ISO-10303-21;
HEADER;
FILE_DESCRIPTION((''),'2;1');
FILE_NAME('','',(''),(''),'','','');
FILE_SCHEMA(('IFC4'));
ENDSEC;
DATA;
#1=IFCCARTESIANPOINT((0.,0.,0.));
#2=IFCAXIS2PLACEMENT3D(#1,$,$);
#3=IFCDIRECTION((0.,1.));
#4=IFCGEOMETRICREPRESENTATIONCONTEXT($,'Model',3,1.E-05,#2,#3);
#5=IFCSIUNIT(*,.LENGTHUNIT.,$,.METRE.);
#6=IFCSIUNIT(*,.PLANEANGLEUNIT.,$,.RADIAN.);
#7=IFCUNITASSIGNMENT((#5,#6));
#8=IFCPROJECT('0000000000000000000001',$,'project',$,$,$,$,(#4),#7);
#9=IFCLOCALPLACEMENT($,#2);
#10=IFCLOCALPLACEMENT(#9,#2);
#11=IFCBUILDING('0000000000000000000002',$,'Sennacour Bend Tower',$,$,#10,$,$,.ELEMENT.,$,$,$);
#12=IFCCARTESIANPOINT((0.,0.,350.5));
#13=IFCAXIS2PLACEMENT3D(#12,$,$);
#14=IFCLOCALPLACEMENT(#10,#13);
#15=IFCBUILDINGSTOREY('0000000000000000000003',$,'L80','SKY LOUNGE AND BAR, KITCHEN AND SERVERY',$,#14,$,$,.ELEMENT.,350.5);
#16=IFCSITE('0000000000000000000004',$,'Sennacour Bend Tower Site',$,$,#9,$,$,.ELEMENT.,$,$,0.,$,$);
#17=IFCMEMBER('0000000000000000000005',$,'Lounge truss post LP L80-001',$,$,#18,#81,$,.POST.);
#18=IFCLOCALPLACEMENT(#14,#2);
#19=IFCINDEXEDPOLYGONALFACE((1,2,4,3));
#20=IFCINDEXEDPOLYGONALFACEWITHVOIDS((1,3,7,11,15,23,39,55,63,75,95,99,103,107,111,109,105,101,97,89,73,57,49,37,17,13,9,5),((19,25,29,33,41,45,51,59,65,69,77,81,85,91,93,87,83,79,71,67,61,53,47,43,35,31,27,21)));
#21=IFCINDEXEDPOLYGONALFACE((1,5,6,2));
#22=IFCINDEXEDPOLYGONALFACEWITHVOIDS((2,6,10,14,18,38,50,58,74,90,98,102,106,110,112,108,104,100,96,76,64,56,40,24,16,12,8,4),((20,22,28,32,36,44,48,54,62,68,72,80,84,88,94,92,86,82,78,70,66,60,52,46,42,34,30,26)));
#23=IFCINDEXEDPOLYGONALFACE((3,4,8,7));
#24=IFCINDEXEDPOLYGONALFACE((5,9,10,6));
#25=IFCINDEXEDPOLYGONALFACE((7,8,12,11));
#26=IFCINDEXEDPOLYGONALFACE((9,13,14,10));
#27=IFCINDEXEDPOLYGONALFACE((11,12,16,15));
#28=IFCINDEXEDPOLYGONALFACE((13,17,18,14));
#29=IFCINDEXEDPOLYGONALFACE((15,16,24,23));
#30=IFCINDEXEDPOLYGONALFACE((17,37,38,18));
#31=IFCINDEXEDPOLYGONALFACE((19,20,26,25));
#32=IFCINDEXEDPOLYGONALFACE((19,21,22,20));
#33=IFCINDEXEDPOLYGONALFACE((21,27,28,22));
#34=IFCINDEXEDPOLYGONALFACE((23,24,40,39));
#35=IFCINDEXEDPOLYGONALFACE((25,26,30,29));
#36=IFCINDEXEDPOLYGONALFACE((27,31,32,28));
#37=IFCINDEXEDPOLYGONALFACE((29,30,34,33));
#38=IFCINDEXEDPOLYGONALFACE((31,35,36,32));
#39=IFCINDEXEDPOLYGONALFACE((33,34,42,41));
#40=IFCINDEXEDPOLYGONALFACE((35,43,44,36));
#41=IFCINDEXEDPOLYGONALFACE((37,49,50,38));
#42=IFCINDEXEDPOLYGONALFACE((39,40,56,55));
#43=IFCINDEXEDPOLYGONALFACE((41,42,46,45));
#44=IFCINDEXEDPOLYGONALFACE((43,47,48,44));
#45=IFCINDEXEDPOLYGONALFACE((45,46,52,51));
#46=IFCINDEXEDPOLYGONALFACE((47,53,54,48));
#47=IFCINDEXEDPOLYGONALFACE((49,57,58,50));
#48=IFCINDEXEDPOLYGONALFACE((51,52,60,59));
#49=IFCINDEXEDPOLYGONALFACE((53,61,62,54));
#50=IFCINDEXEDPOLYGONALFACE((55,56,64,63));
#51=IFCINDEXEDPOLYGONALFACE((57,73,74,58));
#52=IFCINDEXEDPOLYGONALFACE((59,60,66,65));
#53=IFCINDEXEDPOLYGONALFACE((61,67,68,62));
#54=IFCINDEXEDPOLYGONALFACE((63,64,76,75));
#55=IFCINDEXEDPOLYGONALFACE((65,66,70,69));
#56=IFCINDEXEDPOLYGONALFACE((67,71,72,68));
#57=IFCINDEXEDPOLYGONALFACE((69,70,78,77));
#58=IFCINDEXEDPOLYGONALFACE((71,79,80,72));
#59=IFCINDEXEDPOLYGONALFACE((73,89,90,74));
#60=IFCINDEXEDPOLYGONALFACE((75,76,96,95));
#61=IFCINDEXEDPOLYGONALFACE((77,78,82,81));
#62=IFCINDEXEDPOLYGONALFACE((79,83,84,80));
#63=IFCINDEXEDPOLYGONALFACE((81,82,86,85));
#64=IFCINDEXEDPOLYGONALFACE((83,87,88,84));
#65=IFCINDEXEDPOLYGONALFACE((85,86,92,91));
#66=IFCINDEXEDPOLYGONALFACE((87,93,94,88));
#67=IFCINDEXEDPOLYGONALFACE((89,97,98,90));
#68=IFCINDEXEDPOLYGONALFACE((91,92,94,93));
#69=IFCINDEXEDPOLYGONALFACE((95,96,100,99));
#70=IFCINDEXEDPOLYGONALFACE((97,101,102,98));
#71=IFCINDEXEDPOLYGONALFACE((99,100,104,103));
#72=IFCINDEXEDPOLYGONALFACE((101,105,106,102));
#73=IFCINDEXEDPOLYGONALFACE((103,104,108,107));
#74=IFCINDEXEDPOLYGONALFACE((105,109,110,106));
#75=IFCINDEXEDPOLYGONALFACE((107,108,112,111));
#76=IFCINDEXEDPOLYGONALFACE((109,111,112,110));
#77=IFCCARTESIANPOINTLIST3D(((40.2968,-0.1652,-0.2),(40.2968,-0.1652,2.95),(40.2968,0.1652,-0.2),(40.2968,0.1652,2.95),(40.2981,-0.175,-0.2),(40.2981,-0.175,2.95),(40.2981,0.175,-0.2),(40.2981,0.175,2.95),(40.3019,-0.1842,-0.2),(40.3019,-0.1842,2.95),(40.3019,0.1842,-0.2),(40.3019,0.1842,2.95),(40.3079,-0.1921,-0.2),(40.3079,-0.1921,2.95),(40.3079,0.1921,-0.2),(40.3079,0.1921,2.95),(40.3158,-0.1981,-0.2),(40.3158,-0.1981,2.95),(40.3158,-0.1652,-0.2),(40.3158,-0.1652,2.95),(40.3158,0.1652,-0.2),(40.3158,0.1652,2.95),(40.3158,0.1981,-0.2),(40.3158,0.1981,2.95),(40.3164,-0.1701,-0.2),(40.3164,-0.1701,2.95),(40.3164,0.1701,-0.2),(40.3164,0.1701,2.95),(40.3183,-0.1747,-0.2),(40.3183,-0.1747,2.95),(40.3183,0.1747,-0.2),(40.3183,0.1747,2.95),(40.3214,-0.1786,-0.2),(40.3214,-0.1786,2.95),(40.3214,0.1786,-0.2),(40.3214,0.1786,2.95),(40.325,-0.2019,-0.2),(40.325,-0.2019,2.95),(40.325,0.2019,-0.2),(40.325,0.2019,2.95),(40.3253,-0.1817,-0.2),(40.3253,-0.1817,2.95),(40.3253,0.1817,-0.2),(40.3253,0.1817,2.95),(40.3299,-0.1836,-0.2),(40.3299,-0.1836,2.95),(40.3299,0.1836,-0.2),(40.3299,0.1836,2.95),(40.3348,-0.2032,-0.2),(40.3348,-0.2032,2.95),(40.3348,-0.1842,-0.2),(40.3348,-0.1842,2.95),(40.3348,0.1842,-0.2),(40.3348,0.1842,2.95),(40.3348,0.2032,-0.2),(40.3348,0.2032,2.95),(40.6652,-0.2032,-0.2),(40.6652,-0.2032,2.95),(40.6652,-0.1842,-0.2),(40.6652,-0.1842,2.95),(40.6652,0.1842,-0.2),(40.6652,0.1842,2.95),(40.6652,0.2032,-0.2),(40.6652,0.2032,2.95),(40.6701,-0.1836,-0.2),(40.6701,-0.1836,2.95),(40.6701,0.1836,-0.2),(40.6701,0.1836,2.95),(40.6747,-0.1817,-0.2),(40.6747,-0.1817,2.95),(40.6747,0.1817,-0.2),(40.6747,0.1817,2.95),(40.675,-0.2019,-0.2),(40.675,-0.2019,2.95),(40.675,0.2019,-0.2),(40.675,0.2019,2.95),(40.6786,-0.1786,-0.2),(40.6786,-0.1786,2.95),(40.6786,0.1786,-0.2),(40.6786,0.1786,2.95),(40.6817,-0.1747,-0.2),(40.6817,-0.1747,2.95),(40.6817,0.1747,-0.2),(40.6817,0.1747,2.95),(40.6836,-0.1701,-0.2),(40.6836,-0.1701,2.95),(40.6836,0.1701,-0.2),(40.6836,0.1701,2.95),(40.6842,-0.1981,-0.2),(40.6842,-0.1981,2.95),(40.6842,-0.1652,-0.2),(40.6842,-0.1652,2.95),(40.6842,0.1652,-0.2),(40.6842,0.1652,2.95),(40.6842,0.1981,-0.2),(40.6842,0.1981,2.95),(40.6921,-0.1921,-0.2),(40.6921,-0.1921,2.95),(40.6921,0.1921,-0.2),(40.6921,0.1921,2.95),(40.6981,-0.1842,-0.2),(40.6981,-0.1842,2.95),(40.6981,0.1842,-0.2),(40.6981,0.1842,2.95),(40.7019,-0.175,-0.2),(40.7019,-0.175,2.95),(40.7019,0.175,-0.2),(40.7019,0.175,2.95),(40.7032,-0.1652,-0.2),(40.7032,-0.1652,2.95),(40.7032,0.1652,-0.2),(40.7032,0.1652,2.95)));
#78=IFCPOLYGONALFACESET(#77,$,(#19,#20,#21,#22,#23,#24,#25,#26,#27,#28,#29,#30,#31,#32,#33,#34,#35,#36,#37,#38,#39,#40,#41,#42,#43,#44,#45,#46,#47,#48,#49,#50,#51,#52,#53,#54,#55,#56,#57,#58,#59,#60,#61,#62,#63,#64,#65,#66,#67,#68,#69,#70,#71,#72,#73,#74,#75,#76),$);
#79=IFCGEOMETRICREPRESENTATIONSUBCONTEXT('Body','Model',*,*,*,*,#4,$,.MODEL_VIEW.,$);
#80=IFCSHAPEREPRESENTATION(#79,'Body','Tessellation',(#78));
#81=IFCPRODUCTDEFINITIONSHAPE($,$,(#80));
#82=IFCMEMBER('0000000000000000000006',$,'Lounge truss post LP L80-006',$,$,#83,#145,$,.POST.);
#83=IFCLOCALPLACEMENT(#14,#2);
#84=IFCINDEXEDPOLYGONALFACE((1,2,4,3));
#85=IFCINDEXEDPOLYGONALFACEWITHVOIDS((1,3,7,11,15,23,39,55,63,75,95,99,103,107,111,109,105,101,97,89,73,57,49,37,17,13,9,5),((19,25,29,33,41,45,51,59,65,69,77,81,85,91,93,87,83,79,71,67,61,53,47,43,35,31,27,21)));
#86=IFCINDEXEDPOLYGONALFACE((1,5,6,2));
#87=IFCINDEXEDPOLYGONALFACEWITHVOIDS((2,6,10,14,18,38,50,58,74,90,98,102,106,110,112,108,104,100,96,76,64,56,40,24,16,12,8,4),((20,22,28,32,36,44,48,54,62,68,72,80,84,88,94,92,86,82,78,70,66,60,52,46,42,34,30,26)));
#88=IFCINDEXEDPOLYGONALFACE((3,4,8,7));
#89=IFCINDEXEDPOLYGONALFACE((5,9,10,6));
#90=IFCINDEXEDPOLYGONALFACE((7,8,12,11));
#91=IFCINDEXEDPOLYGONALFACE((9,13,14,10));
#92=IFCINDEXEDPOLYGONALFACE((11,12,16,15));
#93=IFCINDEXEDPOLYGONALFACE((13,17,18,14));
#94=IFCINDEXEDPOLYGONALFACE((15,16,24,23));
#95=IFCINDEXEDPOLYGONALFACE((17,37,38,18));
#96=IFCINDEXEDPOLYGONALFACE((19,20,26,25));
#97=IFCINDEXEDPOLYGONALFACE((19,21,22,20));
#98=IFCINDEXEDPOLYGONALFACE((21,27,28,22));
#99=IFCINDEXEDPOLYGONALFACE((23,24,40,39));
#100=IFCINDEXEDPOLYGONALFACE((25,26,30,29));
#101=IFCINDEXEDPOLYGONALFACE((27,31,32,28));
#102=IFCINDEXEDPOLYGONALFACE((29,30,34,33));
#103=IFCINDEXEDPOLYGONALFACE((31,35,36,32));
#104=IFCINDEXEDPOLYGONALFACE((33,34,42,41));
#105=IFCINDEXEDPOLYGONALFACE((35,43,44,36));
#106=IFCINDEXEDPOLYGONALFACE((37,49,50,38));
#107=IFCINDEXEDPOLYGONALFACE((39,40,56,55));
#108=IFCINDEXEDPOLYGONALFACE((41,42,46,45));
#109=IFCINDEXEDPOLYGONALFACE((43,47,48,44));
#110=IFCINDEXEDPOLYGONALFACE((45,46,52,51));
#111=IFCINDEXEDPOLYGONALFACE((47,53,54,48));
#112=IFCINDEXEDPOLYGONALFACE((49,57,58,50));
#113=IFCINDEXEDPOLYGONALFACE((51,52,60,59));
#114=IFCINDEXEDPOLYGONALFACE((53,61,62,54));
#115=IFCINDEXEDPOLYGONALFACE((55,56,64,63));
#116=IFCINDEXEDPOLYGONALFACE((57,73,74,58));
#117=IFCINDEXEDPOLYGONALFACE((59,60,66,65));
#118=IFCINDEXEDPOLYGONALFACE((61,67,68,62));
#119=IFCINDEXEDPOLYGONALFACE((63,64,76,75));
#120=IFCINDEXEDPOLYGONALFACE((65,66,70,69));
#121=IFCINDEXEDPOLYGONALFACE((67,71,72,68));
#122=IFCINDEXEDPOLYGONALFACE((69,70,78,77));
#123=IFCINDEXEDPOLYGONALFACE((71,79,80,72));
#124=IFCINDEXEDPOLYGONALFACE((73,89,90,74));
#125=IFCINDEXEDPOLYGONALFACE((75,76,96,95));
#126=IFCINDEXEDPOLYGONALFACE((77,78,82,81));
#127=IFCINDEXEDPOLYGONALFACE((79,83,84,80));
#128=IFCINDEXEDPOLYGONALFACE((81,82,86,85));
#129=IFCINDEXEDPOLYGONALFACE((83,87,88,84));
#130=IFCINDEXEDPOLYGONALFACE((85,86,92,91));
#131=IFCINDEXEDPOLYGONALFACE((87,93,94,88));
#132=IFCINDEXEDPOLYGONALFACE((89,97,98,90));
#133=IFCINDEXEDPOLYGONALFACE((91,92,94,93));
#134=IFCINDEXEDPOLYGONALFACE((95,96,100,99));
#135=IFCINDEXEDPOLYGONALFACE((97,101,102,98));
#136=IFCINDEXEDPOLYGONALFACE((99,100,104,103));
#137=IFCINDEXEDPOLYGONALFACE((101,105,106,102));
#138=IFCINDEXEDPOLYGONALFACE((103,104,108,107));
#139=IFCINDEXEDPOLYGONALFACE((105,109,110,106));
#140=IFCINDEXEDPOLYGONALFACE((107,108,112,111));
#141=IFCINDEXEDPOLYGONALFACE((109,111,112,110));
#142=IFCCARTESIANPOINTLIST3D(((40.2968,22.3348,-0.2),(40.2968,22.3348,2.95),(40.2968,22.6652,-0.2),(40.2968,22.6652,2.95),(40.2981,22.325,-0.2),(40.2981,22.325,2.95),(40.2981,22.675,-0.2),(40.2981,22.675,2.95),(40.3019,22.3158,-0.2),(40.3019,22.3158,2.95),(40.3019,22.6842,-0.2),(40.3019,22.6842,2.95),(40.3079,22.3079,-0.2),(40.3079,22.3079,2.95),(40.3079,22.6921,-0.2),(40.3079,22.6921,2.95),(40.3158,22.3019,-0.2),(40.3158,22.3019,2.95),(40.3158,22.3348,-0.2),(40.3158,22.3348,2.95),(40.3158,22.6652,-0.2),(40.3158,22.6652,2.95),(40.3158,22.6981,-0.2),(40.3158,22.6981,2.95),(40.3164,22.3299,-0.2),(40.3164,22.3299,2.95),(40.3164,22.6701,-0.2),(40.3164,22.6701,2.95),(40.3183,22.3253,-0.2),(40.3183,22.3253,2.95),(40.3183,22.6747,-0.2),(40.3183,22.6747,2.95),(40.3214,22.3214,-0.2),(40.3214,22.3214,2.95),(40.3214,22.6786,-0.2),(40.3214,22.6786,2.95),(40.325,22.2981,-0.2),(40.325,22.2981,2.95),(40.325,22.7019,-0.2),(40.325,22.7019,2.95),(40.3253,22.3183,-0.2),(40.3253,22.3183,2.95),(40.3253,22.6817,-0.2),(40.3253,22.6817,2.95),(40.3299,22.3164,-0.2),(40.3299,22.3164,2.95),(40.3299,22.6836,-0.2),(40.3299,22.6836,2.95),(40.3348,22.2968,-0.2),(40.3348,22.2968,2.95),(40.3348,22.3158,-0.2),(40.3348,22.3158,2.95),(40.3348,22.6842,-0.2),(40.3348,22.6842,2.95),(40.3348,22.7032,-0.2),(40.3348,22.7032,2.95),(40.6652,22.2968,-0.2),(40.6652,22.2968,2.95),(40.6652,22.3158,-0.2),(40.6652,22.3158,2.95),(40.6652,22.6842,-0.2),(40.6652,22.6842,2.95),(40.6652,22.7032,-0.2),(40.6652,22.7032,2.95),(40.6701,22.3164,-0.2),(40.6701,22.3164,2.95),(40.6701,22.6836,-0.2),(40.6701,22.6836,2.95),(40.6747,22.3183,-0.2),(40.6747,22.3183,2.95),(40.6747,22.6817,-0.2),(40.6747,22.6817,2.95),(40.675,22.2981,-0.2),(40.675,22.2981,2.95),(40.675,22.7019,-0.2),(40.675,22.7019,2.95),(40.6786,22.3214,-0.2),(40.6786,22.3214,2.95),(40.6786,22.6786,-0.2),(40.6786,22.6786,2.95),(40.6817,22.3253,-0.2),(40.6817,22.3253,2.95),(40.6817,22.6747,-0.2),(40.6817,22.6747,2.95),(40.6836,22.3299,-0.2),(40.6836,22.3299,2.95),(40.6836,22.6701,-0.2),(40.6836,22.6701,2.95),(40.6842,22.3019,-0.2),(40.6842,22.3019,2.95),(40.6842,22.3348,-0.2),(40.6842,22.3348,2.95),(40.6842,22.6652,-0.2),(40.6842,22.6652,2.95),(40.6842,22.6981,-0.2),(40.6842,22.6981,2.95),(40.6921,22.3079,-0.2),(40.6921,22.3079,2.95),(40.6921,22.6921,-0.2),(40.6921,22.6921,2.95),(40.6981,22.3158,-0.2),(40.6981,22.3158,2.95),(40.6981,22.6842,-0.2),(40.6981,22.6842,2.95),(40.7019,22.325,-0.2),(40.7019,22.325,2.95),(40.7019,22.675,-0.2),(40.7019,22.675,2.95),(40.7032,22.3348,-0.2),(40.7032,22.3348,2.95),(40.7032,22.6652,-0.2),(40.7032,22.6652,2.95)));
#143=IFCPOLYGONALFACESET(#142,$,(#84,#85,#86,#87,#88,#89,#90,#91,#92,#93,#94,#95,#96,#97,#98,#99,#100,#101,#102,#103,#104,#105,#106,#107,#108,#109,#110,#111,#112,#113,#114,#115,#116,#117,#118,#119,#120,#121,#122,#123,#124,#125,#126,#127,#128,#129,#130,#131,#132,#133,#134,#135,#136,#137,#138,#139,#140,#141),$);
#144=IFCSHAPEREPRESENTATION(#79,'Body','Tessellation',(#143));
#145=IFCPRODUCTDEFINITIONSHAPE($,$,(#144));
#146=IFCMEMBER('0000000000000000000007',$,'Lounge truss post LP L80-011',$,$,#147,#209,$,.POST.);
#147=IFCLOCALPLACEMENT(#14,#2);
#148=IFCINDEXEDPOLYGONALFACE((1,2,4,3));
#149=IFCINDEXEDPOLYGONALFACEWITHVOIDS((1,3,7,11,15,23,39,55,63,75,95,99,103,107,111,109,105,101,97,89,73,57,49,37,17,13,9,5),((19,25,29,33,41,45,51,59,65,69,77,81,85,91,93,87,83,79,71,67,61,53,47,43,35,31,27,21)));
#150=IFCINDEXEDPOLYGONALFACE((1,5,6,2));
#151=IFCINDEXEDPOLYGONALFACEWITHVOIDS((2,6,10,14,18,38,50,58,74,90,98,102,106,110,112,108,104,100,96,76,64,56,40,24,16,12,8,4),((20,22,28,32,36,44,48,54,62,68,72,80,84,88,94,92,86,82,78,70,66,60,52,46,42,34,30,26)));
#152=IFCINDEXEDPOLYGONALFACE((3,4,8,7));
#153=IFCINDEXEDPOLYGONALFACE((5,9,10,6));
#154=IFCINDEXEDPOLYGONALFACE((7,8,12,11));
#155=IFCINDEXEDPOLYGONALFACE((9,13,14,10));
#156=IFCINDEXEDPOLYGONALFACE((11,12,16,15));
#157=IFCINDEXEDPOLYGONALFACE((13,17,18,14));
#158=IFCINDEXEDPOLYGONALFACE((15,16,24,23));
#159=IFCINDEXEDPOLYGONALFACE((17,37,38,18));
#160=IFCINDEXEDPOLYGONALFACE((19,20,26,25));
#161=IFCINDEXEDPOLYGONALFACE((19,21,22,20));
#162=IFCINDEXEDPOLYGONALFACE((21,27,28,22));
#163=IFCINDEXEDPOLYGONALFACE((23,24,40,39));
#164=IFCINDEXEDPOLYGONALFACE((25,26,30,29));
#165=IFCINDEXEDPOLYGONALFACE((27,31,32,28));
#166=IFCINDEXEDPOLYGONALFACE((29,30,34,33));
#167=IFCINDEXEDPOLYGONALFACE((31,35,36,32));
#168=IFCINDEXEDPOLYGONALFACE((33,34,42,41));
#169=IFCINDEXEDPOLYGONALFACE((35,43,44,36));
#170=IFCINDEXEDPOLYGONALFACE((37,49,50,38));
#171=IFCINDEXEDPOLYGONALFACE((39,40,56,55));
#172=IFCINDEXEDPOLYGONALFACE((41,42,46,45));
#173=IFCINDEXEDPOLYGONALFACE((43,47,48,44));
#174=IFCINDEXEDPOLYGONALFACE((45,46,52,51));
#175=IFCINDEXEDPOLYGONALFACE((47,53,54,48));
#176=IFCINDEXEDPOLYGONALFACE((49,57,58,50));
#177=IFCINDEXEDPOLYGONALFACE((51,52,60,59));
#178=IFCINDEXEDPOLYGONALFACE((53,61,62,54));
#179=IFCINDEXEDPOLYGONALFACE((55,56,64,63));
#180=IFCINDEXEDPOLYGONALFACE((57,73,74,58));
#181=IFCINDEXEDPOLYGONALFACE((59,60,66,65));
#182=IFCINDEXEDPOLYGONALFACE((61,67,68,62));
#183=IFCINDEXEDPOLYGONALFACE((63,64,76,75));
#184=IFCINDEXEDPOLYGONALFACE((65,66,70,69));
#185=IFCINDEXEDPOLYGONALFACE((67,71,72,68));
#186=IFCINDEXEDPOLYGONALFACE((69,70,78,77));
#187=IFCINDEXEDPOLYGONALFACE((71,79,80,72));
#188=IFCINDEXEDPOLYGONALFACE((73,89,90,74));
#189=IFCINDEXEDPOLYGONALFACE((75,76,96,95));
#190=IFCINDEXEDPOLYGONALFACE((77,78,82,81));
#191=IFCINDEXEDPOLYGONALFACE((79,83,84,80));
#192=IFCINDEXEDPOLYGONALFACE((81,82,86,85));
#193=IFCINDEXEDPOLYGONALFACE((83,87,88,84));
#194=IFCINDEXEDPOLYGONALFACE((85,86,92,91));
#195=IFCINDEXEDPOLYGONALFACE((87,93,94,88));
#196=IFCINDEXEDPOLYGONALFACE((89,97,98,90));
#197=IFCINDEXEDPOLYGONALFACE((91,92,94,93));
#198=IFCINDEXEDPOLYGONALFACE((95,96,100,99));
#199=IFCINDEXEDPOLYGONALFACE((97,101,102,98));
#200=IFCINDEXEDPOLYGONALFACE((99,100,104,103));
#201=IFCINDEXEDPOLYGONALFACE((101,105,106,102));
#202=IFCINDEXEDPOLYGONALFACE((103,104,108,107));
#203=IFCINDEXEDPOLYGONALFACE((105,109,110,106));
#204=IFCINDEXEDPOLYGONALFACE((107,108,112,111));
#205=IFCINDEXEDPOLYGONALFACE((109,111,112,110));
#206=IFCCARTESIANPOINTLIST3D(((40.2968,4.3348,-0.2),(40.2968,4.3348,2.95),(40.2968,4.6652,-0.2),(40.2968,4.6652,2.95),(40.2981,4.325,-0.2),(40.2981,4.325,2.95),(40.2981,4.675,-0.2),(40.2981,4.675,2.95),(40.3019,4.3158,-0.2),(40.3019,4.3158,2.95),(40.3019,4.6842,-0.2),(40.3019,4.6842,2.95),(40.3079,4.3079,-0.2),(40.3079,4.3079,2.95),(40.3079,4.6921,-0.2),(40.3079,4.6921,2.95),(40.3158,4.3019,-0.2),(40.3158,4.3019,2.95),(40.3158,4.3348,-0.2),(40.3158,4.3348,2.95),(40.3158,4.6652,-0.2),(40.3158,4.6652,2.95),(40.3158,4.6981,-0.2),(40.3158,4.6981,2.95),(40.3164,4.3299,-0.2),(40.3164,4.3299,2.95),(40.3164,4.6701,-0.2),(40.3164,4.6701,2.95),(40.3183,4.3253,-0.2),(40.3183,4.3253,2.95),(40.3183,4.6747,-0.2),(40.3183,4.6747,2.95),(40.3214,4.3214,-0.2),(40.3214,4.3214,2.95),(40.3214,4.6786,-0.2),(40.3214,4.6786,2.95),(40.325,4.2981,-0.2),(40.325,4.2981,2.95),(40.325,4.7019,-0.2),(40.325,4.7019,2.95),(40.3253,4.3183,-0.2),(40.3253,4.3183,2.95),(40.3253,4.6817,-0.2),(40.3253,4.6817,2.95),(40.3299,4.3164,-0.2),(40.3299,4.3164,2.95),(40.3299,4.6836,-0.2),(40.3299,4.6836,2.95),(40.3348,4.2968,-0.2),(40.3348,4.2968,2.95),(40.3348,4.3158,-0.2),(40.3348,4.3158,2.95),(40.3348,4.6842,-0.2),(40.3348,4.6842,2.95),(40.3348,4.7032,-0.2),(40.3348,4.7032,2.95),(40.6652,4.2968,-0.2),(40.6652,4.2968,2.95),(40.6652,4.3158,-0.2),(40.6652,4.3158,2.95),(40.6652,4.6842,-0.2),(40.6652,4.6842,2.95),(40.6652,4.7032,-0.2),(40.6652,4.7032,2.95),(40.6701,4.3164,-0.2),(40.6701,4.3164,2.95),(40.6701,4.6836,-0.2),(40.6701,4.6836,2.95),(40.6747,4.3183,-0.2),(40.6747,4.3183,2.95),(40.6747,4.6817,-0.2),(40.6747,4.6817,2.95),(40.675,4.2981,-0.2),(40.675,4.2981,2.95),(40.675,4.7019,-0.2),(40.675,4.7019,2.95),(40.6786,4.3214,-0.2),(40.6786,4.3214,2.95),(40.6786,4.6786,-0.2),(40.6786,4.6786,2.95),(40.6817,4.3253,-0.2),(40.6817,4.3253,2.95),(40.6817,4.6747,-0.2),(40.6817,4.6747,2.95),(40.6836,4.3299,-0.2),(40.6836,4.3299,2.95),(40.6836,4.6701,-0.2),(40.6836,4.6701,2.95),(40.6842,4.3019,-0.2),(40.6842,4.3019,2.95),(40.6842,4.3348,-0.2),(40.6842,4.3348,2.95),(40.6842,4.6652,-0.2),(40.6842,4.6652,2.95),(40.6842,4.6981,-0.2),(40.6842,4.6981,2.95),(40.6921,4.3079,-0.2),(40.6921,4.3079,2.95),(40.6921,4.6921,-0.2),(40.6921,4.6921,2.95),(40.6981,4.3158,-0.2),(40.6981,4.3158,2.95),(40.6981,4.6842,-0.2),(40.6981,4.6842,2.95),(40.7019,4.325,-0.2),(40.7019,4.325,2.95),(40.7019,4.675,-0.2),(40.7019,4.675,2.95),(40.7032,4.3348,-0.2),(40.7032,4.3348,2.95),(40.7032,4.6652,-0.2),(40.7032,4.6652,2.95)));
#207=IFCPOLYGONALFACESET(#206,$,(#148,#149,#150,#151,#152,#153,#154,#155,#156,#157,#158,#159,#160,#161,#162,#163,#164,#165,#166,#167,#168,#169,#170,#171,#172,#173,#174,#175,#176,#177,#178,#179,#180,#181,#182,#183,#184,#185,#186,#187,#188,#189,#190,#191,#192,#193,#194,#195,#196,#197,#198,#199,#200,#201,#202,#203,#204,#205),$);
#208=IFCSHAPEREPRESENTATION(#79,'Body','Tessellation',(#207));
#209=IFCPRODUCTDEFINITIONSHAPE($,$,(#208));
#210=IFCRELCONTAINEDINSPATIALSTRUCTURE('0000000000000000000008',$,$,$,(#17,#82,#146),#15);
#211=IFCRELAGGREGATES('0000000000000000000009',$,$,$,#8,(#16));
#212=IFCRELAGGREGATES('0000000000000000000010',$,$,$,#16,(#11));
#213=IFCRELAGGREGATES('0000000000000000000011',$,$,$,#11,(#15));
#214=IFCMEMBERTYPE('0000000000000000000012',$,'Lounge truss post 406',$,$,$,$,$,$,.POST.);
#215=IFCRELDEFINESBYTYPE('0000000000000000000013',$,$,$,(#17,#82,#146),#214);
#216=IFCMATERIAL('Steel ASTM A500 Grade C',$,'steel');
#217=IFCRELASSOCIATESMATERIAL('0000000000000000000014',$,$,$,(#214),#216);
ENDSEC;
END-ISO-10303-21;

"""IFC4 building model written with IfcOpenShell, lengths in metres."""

from ifc_helpers import new_model, si_unit, direction, frame, origin, origin_2d, place, context, subcontext, project, spatial, hollow_rectangle, extrude, material, material_profile, profile_set, type_object, element, save


model = new_model("IFC4")

# Units and contexts
model_context = context("Model", 3, precision=1e-05, world=origin(), true_north=direction((0.0, 1.0)))
body_context = subcontext(model_context, "Body", "Model", "MODEL_VIEW")
ifc_project = project(units=[si_unit("LENGTHUNIT", "METRE"), si_unit("PLANEANGLEUNIT", "RADIAN")], contexts=[model_context])

# Site, building, storey
site_placement = place(None, origin())
site = spatial("IfcSite", under=ifc_project, at=site_placement, Name="Sennacour Bend Tower Site", CompositionType="ELEMENT", RefElevation=0.0)
building_placement = place(site_placement, origin())
building = spatial("IfcBuilding", under=site, at=building_placement, Name="Sennacour Bend Tower", CompositionType="ELEMENT")
storey_placement = place(building_placement, frame((0.0, 0.0, 350.5)))
storey = spatial("IfcBuildingStorey", under=building, at=storey_placement, Name="L80", Description="SKY LOUNGE AND BAR, KITCHEN AND SERVERY", CompositionType="ELEMENT", Elevation=350.5)

# Members
ifc_material_1 = material(Name="Steel ASTM A500 Grade C", Category="steel")
ifc_material_profile_1 = material_profile(ifc_material_1, hollow_rectangle(XDim=0.4065, YDim=0.4065, WallThickness=0.019, InnerFilletRadius=0.019, OuterFilletRadius=0.0381, at=origin_2d()), Name="Steel ASTM A500 Grade C", Category="steel")
ifc_profile_set_1 = profile_set([ifc_material_profile_1], Name="Steel ASTM A500 Grade C")
member_type_1 = type_object("IfcMemberType", Name="Lounge truss post 406", PredefinedType="POST", material=ifc_profile_set_1)
for number, where, z_axis, x_axis, name in (
    (1, (40.5, 0.0, -0.2), (0.0, 0.0, 1.0), (1.0, 0.0, 0.0), "Lounge truss post LP L80-001"),
    (2, (40.5, 22.5, -0.2), (0.0, 0.0, 1.0), (1.0, 0.0, 0.0), "Lounge truss post LP L80-006"),
    (3, (40.5, 4.5, -0.2), (0.0, 0.0, 1.0), (1.0, 0.0, 0.0), "Lounge truss post LP L80-011"),
):
    element("IfcMember", number, at=place(storey_placement, frame(where, z_axis=z_axis, x_axis=x_axis)), inside=storey, type_object=member_type_1, Name=name, PredefinedType="POST", context=body_context, shape_type="SweptSolid", body=[
        extrude(hollow_rectangle(XDim=0.4065, YDim=0.4065, WallThickness=0.019, InnerFilletRadius=0.019, OuterFilletRadius=0.0381, at=origin_2d()), origin(), (0.0, 0.0, 1.0), 3.1499),
    ])

save(model, "model.ifc")
